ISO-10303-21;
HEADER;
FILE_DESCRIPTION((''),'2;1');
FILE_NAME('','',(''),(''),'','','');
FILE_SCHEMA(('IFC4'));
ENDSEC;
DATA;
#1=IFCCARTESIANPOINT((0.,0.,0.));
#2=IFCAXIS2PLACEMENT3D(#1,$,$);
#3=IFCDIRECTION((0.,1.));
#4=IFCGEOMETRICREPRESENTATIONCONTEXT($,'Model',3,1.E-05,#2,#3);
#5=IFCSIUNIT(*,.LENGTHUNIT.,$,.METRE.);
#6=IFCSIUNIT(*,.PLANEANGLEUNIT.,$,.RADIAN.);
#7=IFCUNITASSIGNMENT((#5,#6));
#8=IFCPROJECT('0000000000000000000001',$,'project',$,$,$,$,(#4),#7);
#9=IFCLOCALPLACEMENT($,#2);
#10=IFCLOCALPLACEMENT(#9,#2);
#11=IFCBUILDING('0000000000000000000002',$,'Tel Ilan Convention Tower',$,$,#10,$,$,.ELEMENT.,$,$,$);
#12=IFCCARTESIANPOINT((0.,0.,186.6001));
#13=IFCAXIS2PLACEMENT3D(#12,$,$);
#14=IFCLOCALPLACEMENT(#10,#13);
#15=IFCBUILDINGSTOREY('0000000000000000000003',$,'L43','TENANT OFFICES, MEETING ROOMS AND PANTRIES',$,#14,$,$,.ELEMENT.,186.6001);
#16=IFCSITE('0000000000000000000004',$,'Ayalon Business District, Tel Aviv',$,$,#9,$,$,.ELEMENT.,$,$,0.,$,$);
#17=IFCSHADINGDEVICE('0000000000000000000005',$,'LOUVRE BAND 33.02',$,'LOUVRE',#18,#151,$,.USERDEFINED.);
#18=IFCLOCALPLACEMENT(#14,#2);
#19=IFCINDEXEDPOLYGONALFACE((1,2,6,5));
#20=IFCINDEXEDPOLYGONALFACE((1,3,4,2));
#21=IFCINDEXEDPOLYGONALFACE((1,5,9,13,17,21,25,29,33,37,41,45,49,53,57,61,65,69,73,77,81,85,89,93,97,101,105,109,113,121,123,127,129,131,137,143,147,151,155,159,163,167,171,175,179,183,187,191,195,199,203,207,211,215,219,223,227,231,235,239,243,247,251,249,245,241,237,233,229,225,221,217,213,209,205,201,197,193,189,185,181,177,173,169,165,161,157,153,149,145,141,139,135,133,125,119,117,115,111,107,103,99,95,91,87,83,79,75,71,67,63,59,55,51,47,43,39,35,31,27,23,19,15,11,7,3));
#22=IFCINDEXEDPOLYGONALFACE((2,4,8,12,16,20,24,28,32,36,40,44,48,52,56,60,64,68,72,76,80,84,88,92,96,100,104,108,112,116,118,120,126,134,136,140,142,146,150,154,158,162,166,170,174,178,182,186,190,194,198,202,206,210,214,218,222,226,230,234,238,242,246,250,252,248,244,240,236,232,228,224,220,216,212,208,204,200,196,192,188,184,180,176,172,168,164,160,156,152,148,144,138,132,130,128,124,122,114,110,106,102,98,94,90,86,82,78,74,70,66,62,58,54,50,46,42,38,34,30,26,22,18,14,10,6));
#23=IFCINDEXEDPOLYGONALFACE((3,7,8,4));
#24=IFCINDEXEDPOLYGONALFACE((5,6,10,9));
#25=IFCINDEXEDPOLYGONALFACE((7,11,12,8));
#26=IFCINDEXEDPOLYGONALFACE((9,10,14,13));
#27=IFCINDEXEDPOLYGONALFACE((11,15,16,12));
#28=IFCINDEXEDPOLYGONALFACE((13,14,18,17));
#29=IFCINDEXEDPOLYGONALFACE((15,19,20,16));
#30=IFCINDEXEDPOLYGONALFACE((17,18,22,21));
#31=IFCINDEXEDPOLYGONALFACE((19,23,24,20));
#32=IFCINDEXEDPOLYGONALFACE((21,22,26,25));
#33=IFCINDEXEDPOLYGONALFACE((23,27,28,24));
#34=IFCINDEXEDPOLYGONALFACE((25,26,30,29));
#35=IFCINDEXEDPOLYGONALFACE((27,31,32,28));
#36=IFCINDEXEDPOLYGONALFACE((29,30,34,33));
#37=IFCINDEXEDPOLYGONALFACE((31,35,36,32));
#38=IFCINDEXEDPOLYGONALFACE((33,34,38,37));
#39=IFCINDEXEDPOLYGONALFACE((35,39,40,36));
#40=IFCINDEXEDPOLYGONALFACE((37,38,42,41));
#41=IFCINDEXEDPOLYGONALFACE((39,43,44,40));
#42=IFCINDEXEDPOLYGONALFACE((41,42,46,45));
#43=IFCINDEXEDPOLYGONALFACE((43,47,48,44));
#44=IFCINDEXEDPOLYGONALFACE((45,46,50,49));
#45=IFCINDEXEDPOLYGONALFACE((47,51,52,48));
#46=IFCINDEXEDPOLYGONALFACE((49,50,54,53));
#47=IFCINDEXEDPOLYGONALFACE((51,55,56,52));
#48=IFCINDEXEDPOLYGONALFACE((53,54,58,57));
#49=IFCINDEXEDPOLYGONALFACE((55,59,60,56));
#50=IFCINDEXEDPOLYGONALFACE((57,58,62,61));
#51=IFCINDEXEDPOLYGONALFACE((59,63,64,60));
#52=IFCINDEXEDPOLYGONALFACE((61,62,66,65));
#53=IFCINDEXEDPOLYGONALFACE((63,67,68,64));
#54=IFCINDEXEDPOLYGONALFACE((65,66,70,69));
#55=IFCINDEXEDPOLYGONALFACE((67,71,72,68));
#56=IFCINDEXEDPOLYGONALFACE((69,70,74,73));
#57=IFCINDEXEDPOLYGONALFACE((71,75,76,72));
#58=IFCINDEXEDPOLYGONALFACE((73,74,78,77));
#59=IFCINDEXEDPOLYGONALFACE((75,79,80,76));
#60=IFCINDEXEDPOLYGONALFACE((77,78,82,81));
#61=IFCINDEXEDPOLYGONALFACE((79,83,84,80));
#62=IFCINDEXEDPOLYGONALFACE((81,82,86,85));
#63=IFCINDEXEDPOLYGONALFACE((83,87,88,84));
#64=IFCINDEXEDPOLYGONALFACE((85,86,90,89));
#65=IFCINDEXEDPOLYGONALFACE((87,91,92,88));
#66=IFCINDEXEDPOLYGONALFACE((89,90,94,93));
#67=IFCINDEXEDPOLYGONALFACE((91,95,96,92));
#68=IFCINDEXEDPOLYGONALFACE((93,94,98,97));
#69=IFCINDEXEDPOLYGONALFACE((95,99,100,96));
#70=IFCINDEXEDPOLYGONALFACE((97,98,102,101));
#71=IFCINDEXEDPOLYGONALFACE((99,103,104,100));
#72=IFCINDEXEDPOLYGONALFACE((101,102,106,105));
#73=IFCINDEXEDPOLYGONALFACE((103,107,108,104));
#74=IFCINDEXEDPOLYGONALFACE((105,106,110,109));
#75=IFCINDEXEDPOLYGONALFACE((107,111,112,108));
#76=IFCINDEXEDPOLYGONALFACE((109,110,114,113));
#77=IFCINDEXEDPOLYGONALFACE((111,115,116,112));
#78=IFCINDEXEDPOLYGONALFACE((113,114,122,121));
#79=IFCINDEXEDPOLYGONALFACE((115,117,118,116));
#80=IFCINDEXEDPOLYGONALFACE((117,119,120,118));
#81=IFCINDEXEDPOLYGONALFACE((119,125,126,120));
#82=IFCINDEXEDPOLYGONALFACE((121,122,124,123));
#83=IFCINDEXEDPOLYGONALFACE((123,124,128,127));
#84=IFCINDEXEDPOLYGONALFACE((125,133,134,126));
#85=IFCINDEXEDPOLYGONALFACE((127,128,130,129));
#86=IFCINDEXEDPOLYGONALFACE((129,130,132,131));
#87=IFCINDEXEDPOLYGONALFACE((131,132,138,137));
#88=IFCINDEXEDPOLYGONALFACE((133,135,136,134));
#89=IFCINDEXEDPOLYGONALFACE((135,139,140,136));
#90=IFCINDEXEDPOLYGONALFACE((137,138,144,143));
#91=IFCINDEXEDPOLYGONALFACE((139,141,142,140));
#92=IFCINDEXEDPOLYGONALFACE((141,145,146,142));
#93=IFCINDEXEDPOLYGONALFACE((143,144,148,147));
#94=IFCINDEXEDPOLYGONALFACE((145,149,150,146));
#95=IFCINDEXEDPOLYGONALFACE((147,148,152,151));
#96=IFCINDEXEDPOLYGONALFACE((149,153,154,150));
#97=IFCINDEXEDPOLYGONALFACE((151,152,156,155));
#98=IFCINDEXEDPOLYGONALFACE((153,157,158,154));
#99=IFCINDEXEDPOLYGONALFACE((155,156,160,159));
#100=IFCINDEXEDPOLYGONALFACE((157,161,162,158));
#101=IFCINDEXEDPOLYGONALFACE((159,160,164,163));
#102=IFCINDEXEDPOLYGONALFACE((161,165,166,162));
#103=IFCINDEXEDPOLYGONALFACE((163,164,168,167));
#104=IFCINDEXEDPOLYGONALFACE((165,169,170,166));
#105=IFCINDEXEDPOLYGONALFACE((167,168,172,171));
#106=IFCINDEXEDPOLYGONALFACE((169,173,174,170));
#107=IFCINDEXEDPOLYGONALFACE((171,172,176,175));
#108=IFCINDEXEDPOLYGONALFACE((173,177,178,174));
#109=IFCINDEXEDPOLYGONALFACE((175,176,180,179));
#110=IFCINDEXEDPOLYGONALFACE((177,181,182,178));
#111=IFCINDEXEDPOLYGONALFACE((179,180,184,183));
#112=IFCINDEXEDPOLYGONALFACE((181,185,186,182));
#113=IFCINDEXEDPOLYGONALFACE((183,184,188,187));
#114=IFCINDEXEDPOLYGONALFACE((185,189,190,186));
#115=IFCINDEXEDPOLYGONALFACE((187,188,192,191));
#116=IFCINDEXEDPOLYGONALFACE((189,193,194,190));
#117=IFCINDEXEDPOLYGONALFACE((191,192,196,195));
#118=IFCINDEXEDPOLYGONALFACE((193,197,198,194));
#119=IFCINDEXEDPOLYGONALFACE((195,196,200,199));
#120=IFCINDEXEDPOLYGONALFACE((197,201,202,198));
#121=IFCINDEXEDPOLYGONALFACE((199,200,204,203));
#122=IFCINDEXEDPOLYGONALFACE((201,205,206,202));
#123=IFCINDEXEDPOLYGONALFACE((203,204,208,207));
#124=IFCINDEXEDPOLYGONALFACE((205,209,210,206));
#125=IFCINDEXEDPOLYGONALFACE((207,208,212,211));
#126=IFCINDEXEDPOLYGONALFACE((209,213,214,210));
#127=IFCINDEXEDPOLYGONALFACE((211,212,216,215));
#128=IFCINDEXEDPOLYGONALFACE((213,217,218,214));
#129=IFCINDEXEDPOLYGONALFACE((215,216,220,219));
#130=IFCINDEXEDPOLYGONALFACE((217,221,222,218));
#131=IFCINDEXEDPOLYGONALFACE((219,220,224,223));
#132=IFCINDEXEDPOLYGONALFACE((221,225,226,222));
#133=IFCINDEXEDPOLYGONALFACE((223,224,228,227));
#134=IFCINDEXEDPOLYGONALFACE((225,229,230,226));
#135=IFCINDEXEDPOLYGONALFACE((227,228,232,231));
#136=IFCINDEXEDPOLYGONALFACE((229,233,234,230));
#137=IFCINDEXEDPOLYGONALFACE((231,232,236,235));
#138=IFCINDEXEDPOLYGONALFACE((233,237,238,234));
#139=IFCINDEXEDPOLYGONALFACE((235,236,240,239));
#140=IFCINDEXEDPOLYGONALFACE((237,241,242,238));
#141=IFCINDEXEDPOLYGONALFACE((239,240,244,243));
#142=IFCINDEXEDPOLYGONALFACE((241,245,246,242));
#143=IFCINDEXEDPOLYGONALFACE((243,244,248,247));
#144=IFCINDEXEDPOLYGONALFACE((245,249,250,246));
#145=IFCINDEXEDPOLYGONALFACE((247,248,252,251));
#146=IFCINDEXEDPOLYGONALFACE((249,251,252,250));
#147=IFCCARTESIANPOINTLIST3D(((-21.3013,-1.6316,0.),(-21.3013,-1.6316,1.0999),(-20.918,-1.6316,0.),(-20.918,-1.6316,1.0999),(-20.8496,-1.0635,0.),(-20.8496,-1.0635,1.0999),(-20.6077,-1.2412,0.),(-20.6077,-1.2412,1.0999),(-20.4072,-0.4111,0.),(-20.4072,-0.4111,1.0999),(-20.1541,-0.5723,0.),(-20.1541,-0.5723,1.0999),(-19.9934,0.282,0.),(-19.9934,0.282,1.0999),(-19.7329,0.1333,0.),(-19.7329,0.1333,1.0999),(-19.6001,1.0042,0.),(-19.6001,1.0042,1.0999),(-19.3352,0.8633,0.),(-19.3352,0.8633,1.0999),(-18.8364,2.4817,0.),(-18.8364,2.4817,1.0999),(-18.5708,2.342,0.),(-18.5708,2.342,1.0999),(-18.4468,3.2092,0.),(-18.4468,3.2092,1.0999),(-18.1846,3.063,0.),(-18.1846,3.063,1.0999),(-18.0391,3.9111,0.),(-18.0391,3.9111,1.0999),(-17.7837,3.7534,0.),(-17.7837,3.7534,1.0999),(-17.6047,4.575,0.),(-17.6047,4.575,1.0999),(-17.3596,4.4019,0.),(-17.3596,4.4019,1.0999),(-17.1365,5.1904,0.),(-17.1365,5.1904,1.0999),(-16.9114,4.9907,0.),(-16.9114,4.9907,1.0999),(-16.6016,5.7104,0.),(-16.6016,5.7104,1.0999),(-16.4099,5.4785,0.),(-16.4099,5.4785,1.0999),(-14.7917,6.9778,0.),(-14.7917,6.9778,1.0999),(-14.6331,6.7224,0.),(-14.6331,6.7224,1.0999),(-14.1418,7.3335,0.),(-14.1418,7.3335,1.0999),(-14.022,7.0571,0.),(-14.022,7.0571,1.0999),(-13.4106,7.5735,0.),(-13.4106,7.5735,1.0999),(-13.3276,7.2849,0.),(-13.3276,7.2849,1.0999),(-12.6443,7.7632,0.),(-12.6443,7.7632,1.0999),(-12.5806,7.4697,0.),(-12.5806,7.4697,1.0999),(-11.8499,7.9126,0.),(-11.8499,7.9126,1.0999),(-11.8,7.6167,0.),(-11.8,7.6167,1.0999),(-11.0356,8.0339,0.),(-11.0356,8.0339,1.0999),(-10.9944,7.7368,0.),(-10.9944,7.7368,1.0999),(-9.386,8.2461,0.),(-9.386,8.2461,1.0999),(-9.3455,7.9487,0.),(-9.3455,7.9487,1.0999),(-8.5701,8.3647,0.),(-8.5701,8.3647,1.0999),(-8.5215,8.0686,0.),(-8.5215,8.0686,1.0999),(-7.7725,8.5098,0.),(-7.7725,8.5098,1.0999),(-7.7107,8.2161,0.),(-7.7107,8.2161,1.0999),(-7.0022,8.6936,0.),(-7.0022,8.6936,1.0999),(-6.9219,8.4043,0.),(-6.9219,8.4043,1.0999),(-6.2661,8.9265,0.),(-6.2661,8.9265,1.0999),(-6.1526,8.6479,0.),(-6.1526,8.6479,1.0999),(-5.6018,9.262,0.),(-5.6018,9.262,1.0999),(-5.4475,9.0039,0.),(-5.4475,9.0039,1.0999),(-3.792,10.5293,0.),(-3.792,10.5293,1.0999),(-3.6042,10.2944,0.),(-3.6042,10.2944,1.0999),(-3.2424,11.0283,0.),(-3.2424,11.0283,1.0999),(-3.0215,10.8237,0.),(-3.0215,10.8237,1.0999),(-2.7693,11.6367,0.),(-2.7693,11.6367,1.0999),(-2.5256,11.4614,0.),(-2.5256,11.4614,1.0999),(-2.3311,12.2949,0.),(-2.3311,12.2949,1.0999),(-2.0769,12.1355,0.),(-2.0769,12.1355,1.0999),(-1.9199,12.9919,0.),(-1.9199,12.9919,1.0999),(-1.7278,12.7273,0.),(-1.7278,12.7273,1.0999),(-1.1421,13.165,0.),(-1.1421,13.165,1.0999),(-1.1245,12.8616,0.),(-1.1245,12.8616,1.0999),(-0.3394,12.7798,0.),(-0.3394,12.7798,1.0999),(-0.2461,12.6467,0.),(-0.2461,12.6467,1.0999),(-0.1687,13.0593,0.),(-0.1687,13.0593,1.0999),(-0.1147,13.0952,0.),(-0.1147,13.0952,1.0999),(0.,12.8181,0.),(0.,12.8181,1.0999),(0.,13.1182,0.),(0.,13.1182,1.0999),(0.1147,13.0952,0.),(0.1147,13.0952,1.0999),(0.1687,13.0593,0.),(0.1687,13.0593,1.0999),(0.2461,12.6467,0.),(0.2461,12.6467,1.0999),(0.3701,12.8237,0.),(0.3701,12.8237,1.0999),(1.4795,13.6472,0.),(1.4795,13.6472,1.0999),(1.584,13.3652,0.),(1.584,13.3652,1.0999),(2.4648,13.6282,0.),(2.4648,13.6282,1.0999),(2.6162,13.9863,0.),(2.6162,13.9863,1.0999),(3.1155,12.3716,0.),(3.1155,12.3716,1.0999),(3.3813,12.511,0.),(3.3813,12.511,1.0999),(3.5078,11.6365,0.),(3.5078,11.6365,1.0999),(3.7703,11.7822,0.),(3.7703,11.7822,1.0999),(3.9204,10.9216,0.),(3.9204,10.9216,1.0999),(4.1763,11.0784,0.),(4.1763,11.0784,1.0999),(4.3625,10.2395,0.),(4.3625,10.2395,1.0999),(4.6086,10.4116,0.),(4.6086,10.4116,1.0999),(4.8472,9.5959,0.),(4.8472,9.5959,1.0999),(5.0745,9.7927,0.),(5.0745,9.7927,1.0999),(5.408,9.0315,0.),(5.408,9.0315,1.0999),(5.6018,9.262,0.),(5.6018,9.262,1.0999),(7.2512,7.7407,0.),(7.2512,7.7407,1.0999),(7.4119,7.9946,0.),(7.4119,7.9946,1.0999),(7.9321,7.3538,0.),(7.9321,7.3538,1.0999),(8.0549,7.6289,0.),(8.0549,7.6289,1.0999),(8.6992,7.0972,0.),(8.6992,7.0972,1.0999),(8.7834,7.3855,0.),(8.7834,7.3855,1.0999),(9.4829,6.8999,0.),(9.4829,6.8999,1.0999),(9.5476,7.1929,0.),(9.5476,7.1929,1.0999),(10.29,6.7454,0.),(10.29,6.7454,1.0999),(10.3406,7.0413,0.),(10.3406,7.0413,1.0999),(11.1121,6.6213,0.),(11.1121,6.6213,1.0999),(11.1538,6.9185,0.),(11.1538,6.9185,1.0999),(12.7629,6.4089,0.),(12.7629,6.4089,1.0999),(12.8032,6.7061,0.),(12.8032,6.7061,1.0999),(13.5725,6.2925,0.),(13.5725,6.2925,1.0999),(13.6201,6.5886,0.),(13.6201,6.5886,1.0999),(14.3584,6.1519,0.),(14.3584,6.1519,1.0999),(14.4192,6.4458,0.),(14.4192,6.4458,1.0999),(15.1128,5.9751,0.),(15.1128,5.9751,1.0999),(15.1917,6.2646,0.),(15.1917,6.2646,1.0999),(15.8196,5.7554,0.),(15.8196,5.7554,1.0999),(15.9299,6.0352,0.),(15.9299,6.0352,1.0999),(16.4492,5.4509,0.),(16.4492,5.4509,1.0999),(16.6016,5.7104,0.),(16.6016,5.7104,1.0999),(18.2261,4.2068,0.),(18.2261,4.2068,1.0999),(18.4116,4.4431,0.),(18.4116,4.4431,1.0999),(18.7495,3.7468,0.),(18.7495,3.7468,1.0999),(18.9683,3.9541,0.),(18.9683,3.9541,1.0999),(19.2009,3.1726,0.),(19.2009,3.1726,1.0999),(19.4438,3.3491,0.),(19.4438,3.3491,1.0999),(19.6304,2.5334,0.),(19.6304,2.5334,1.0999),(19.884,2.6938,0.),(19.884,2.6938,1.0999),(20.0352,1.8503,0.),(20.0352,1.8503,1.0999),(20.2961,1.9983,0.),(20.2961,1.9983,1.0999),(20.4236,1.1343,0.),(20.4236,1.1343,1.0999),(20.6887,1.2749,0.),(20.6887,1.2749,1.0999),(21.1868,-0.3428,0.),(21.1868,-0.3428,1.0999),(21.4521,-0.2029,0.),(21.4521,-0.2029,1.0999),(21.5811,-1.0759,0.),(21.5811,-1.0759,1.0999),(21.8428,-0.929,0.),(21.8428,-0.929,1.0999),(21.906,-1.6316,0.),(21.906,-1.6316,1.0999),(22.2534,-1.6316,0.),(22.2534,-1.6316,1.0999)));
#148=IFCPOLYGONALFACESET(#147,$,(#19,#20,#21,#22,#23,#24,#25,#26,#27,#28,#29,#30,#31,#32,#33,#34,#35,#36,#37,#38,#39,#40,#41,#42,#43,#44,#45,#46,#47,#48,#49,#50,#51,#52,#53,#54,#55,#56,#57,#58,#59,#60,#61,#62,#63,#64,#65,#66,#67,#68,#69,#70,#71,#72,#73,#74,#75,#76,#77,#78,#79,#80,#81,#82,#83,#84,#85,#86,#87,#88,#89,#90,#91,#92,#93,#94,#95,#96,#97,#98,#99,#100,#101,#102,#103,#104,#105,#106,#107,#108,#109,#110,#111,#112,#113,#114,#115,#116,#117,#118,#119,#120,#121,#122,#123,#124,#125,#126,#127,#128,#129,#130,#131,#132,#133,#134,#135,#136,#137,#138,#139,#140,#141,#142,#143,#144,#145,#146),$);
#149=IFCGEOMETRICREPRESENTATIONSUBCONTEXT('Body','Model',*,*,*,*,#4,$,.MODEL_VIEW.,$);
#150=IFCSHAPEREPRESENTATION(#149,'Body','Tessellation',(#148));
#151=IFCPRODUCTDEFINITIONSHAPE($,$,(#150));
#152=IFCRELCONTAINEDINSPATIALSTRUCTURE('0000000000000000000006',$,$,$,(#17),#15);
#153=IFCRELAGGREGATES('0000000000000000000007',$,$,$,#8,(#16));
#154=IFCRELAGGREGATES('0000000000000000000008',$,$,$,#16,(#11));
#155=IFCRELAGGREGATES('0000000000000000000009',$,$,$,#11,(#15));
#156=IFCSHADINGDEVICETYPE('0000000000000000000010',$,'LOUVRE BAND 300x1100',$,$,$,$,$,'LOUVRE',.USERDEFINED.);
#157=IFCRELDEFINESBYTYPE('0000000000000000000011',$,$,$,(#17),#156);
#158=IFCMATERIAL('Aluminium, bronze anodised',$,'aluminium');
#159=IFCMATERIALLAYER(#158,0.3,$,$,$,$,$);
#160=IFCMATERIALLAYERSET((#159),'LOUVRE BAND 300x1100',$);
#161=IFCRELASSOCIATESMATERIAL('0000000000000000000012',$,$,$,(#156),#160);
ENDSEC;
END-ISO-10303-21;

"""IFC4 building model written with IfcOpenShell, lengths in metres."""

from ifc_helpers import new_model, si_unit, direction, frame, origin, place, context, subcontext, project, spatial, polyline, outline, extrude, material, layer, layer_set, type_object, element, save


model = new_model("IFC4")

# Units and contexts
model_context = context("Model", 3, precision=1e-05, world=origin(), true_north=direction((0.0, 1.0)))
body_context = subcontext(model_context, "Body", "Model", "MODEL_VIEW")
ifc_project = project(units=[si_unit("LENGTHUNIT", "METRE"), si_unit("PLANEANGLEUNIT", "RADIAN")], contexts=[model_context])

# Site, building, storey
site_placement = place(None, origin())
site = spatial("IfcSite", under=ifc_project, at=site_placement, Name="Ayalon Business District, Tel Aviv", CompositionType="ELEMENT", RefElevation=0.0)
building_placement = place(site_placement, origin())
building = spatial("IfcBuilding", under=site, at=building_placement, Name="Tel Ilan Convention Tower", CompositionType="ELEMENT")
storey_placement = place(building_placement, frame((0.0, 0.0, 186.6001)))
storey = spatial("IfcBuildingStorey", under=building, at=storey_placement, Name="L43", Description="TENANT OFFICES, MEETING ROOMS AND PANTRIES", CompositionType="ELEMENT", Elevation=186.6001)

# Shading device
ifc_material_1 = material(Name="Aluminium, bronze anodised", Category="aluminium")
ifc_layer_1 = layer(ifc_material_1, 0.3)
ifc_layer_set_1 = layer_set([ifc_layer_1], Name="LOUVRE BAND 300x1100")
shading_device_type = type_object("IfcShadingDeviceType", Name="LOUVRE BAND 300x1100", ElementType="LOUVRE", PredefinedType="USERDEFINED", material=ifc_layer_set_1)
shading_device_1_placement = place(storey_placement, origin())
element("IfcShadingDevice", 1, at=shading_device_1_placement, inside=storey, type_object=shading_device_type, Name="LOUVRE BAND 33.02", ObjectType="LOUVRE", PredefinedType="USERDEFINED", context=body_context, shape_type="SweptSolid", body=[
    extrude(outline(polyline([(-20.8496, -1.0635), (-21.3013, -1.6316), (-20.918, -1.6316), (-20.6077, -1.2412), (-20.1541, -0.5723), (-19.7329, 0.1333), (-19.3352, 0.8633), (-18.5708, 2.342), (-18.1846, 3.063), (-17.7837, 3.7534), (-17.3596, 4.4019), (-16.9114, 4.9907), (-16.4099, 5.4785), (-14.6331, 6.7224), (-14.022, 7.0571), (-13.3276, 7.2849), (-12.5806, 7.4697), (-11.8, 7.6167), (-10.9944, 7.7368), (-9.3455, 7.9487), (-8.5215, 8.0686), (-7.7107, 8.2161), (-6.9219, 8.4043), (-6.1526, 8.6479), (-5.4475, 9.0039), (-3.6042, 10.2944), (-3.0215, 10.8237), (-2.5256, 11.4614), (-2.0769, 12.1355), (-1.7278, 12.7273), (-1.1245, 12.8616), (-0.3394, 12.7798), (-0.2461, 12.6467), (0.0, 12.8181), (0.2461, 12.6467), (0.3701, 12.8237), (1.584, 13.3652), (2.4648, 13.6282), (3.1155, 12.3716), (3.5078, 11.6365), (3.9204, 10.9216), (4.3625, 10.2395), (4.8472, 9.5959), (5.408, 9.0315), (7.2512, 7.7407), (7.9321, 7.3538), (8.6992, 7.0972), (9.4829, 6.8999), (10.29, 6.7454), (11.1121, 6.6213), (12.7629, 6.4089), (13.5725, 6.2925), (14.3584, 6.1519), (15.1128, 5.9751), (15.8196, 5.7554), (16.4492, 5.4509), (18.2261, 4.2068), (18.7495, 3.7468), (19.2009, 3.1726), (19.6304, 2.5334), (20.0352, 1.8503), (20.4236, 1.1343), (21.1868, -0.3428), (21.5811, -1.0759), (21.906, -1.6316), (22.2534, -1.6316), (21.8428, -0.929), (21.4521, -0.2029), (20.6887, 1.2749), (20.2961, 1.9983), (19.884, 2.6938), (19.4438, 3.3491), (18.9683, 3.9541), (18.4116, 4.4431), (16.6016, 5.7104), (15.9299, 6.0352), (15.1917, 6.2646), (14.4192, 6.4458), (13.6201, 6.5886), (12.8032, 6.7061), (11.1538, 6.9185), (10.3406, 7.0413), (9.5476, 7.1929), (8.7834, 7.3855), (8.0549, 7.6289), (7.4119, 7.9946), (5.6018, 9.262), (5.0745, 9.7927), (4.6086, 10.4116), (4.1763, 11.0784), (3.7703, 11.7822), (3.3813, 12.511), (2.6162, 13.9863), (1.4795, 13.6472), (0.1687, 13.0593), (0.1147, 13.0952), (0.0, 13.1182), (-0.1147, 13.0952), (-0.1687, 13.0593), (-1.1421, 13.165), (-1.9199, 12.9919), (-2.3311, 12.2949), (-2.7693, 11.6367), (-3.2424, 11.0283), (-3.792, 10.5293), (-5.6018, 9.262), (-6.2661, 8.9265), (-7.0022, 8.6936), (-7.7725, 8.5098), (-8.5701, 8.3647), (-9.386, 8.2461), (-11.0356, 8.0339), (-11.8499, 7.9126), (-12.6443, 7.7632), (-13.4106, 7.5735), (-14.1418, 7.3335), (-14.7917, 6.9778), (-16.6016, 5.7104), (-17.1365, 5.1904), (-17.6047, 4.575), (-18.0391, 3.9111), (-18.4468, 3.2092), (-18.8364, 2.4817), (-19.6001, 1.0042), (-19.9934, 0.282), (-20.4072, -0.4111), (-20.8496, -1.0635)])), origin(), (0.0, 0.0, 1.0), 1.0999),
])

save(model, "model.ifc")
